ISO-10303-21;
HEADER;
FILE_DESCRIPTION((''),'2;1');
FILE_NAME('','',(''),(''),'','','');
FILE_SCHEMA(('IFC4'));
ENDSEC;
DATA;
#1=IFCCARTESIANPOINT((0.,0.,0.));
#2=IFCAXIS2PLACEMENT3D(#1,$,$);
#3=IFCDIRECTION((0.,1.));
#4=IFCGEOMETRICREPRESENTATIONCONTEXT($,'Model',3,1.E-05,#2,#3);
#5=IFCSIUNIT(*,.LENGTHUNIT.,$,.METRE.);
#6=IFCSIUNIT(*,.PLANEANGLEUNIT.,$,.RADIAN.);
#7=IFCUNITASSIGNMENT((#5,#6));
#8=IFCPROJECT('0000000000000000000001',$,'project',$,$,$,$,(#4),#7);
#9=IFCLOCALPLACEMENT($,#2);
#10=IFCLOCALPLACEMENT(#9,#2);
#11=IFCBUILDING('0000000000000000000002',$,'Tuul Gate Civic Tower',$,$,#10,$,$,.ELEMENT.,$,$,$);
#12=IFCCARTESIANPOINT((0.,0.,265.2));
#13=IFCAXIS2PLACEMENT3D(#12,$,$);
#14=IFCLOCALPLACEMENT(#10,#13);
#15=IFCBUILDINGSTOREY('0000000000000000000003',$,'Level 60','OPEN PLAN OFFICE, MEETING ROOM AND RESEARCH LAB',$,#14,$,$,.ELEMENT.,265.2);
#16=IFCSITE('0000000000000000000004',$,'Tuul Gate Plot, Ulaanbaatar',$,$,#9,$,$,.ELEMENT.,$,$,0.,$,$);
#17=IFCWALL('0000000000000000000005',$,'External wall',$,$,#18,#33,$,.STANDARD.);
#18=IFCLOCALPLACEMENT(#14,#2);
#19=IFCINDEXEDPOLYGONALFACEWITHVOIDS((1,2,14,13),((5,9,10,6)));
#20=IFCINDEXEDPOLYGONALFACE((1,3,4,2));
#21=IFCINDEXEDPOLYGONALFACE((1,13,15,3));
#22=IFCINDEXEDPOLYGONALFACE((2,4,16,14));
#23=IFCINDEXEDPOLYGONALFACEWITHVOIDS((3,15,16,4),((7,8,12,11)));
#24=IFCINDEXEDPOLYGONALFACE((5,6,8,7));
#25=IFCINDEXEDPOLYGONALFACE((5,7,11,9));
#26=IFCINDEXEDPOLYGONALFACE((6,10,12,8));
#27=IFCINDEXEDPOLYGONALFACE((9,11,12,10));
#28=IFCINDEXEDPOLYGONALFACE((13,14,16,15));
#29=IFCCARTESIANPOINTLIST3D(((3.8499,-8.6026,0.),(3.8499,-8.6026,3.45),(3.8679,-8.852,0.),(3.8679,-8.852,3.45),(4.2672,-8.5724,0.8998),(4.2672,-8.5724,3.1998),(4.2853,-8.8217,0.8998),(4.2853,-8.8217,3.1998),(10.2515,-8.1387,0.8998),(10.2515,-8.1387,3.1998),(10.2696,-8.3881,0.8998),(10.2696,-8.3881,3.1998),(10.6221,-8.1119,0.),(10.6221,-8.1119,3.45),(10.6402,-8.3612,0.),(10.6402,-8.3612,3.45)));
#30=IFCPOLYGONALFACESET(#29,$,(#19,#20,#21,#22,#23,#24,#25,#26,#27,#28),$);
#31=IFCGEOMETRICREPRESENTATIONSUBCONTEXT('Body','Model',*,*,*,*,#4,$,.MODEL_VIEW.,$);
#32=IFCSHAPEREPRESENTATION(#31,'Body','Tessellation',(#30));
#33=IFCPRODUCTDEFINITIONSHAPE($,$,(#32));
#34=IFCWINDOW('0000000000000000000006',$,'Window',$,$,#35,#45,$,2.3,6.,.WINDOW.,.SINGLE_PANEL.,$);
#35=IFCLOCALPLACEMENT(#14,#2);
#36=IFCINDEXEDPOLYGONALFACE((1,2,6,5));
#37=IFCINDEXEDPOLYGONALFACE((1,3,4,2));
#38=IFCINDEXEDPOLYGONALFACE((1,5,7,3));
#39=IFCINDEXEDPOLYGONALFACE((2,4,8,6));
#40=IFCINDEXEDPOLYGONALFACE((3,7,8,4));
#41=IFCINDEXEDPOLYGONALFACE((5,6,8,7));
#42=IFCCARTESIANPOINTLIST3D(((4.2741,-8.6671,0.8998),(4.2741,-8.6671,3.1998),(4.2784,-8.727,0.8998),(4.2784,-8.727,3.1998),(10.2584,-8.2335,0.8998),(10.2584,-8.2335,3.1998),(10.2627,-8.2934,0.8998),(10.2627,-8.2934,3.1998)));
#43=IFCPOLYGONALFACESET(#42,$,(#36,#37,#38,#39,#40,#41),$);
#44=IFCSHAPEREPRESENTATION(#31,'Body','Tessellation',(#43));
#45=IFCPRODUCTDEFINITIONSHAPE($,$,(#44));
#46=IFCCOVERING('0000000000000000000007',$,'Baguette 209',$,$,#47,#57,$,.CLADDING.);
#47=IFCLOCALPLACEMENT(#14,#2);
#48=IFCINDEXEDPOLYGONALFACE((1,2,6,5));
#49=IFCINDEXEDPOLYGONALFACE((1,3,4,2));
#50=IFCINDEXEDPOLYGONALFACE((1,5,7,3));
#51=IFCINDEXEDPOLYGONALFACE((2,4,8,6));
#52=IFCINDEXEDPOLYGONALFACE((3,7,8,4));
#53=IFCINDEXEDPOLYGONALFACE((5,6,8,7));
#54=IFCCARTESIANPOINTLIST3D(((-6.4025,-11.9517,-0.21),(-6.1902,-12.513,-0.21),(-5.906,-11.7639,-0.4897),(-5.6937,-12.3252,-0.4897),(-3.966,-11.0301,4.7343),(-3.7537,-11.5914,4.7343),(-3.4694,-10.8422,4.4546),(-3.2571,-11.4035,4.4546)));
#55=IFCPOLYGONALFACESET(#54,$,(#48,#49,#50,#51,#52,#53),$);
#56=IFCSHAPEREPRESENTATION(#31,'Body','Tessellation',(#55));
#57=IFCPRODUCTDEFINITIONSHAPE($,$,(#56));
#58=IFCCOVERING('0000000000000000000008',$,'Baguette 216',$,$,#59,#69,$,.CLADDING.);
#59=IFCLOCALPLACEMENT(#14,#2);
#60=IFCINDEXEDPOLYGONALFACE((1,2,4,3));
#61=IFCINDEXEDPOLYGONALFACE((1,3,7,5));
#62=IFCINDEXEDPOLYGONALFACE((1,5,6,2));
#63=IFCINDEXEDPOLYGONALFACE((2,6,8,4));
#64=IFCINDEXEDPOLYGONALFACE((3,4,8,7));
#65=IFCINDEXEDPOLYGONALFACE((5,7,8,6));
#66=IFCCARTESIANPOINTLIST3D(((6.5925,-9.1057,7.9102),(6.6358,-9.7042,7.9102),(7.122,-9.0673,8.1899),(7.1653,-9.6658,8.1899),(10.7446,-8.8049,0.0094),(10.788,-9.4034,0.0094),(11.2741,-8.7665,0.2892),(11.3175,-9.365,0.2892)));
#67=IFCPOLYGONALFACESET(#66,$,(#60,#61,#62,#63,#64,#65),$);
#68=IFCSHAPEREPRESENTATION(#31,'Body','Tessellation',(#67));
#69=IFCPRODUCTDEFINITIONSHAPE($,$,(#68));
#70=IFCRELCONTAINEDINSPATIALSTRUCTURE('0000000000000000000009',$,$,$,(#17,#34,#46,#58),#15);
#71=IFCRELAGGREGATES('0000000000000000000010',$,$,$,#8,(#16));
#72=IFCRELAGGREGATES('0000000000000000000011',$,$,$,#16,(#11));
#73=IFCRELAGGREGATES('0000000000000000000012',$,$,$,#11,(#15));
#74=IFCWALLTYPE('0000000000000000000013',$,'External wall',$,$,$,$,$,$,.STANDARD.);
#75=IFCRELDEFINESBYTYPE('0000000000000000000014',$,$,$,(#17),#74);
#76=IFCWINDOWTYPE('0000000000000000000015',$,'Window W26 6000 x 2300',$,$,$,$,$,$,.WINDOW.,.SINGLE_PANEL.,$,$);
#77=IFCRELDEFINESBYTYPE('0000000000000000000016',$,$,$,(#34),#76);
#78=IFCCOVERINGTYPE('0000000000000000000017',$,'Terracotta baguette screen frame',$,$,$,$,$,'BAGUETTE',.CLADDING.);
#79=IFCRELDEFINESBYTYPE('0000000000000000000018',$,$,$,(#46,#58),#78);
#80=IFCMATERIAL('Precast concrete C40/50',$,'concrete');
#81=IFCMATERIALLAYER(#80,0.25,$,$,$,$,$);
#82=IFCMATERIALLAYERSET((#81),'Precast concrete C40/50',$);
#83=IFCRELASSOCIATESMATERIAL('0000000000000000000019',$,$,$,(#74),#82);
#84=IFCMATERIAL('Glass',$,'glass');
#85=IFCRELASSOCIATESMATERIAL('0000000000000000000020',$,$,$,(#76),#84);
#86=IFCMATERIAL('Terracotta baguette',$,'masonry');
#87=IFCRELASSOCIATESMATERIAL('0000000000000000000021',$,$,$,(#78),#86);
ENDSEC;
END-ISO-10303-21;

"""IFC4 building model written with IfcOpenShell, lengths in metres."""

from ifc_helpers import new_model, si_unit, direction, frame, frame_2d, origin, origin_2d, place, context, subcontext, project, spatial, rectangle, extrude, material, layer, layer_set, material_profile, profile_set, type_object, element, fill, save


model = new_model("IFC4")

# Units and contexts
model_context = context("Model", 3, precision=1e-05, world=origin(), true_north=direction((0.0, 1.0)))
body_context = subcontext(model_context, "Body", "Model", "MODEL_VIEW")
ifc_project = project(units=[si_unit("LENGTHUNIT", "METRE"), si_unit("PLANEANGLEUNIT", "RADIAN")], contexts=[model_context])

# Site, building, storey
site_placement = place(None, origin())
site = spatial("IfcSite", under=ifc_project, at=site_placement, Name="Tuul Gate Plot, Ulaanbaatar", CompositionType="ELEMENT", RefElevation=0.0)
building_placement = place(site_placement, origin())
building = spatial("IfcBuilding", under=site, at=building_placement, Name="Tuul Gate Civic Tower", CompositionType="ELEMENT")
storey_placement = place(building_placement, frame((0.0, 0.0, 265.2)))
storey = spatial("IfcBuildingStorey", under=building, at=storey_placement, Name="Level 60", Description="OPEN PLAN OFFICE, MEETING ROOM AND RESEARCH LAB", CompositionType="ELEMENT", Elevation=265.2)

# Wall, opening, window
ifc_material_1 = material(Name="Precast concrete C40/50", Category="concrete")
ifc_layer_1 = layer(ifc_material_1, 0.25)
ifc_layer_set_1 = layer_set([ifc_layer_1], Name="Precast concrete C40/50")
wall_type_1 = type_object("IfcWallType", Name="External wall", PredefinedType="STANDARD", material=ifc_layer_set_1)
ifc_material_2 = material(Name="Glass", Category="glass")
window_type = type_object("IfcWindowType", Name="Window W26 6000 x 2300", PartitioningType="SINGLE_PANEL", PredefinedType="WINDOW", material=ifc_material_2)
wall_1_placement = place(storey_placement, frame((3.8589, -8.7273, 0.0), z_axis=(0.0, 0.0, 1.0), x_axis=(0.997385, 0.072272, 0.0)))
wall_1 = element("IfcWall", 1, at=wall_1_placement, inside=storey, type_object=wall_type_1, Name="External wall", PredefinedType="STANDARD", context=body_context, shape_type="SweptSolid", body=[
    extrude(rectangle(XDim=6.79, YDim=0.25, at=frame_2d((3.395, 0.0))), origin(), (0.0, 0.0, 1.0), 3.45),
])
opening_1_placement = place(wall_1_placement, frame((0.4185, 0.0, 0.8999)))
opening_1 = element("IfcOpeningElement", 2, at=opening_1_placement, cuts=wall_1, PredefinedType="OPENING", context=body_context, shape_type="SweptSolid", body=[
    extrude(rectangle(XDim=6.0, YDim=2.3, at=frame_2d((3.0, 1.1499))), frame((0.0, 0.135, 0.0), z_axis=(0.0, -1.0, 0.0), x_axis=(1.0, 0.0, 0.0)), (0.0, 0.0, 1.0), 0.27),
])
window_1_placement = place(opening_1_placement, origin())
window_1 = element("IfcWindow", 3, at=window_1_placement, inside=storey, type_object=window_type, Name="Window", OverallHeight=2.3, OverallWidth=6.0, PartitioningType="SINGLE_PANEL", PredefinedType="WINDOW", context=body_context, shape_type="SweptSolid", body=[
    extrude(rectangle(XDim=6.0, YDim=2.3, at=frame_2d((3.0, 1.1499))), frame((0.0, 0.03, 0.0), z_axis=(0.0, -1.0, 0.0), x_axis=(1.0, 0.0, 0.0)), (0.0, 0.0, 1.0), 0.0601),
])
fill(opening_1, window_1)

# Coverings
ifc_material_3 = material(Name="Terracotta baguette", Category="masonry")
ifc_material_profile_1 = material_profile(ifc_material_3, rectangle(XDim=0.6001, YDim=0.6001, at=origin_2d()), Name="Terracotta baguette screen frame")
ifc_profile_set_1 = profile_set([ifc_material_profile_1], Name="Terracotta baguette")
covering_type = type_object("IfcCoveringType", Name="Terracotta baguette screen frame", ElementType="BAGUETTE", PredefinedType="CLADDING", material=ifc_profile_set_1)
covering_1_placement = place(storey_placement, frame((-3.6116, -11.2168, 4.5945), z_axis=(-0.435981, -0.164913, -0.884717), x_axis=(0.353792, -0.935324, 0.0)))
element("IfcCovering", 4, at=covering_1_placement, inside=storey, type_object=covering_type, Name="Baguette 209", PredefinedType="CLADDING", context=body_context, shape_type="SweptSolid", body=[
    extrude(rectangle(XDim=0.6001, YDim=0.6001, at=origin_2d()), origin(), (0.0, 0.0, 1.0), 5.5886),
])
covering_2_placement = place(storey_placement, frame((6.8789, -9.3857, 8.05), z_axis=(0.464945, 0.033681, -0.884699), x_axis=(-0.072251, 0.997386, 0.0)))
element("IfcCovering", 5, at=covering_2_placement, inside=storey, type_object=covering_type, Name="Baguette 216", PredefinedType="CLADDING", context=body_context, shape_type="SweptSolid", body=[
    extrude(rectangle(XDim=0.6001, YDim=0.6001, at=origin_2d()), origin(), (0.0, 0.0, 1.0), 8.9304),
])

save(model, "model.ifc")
